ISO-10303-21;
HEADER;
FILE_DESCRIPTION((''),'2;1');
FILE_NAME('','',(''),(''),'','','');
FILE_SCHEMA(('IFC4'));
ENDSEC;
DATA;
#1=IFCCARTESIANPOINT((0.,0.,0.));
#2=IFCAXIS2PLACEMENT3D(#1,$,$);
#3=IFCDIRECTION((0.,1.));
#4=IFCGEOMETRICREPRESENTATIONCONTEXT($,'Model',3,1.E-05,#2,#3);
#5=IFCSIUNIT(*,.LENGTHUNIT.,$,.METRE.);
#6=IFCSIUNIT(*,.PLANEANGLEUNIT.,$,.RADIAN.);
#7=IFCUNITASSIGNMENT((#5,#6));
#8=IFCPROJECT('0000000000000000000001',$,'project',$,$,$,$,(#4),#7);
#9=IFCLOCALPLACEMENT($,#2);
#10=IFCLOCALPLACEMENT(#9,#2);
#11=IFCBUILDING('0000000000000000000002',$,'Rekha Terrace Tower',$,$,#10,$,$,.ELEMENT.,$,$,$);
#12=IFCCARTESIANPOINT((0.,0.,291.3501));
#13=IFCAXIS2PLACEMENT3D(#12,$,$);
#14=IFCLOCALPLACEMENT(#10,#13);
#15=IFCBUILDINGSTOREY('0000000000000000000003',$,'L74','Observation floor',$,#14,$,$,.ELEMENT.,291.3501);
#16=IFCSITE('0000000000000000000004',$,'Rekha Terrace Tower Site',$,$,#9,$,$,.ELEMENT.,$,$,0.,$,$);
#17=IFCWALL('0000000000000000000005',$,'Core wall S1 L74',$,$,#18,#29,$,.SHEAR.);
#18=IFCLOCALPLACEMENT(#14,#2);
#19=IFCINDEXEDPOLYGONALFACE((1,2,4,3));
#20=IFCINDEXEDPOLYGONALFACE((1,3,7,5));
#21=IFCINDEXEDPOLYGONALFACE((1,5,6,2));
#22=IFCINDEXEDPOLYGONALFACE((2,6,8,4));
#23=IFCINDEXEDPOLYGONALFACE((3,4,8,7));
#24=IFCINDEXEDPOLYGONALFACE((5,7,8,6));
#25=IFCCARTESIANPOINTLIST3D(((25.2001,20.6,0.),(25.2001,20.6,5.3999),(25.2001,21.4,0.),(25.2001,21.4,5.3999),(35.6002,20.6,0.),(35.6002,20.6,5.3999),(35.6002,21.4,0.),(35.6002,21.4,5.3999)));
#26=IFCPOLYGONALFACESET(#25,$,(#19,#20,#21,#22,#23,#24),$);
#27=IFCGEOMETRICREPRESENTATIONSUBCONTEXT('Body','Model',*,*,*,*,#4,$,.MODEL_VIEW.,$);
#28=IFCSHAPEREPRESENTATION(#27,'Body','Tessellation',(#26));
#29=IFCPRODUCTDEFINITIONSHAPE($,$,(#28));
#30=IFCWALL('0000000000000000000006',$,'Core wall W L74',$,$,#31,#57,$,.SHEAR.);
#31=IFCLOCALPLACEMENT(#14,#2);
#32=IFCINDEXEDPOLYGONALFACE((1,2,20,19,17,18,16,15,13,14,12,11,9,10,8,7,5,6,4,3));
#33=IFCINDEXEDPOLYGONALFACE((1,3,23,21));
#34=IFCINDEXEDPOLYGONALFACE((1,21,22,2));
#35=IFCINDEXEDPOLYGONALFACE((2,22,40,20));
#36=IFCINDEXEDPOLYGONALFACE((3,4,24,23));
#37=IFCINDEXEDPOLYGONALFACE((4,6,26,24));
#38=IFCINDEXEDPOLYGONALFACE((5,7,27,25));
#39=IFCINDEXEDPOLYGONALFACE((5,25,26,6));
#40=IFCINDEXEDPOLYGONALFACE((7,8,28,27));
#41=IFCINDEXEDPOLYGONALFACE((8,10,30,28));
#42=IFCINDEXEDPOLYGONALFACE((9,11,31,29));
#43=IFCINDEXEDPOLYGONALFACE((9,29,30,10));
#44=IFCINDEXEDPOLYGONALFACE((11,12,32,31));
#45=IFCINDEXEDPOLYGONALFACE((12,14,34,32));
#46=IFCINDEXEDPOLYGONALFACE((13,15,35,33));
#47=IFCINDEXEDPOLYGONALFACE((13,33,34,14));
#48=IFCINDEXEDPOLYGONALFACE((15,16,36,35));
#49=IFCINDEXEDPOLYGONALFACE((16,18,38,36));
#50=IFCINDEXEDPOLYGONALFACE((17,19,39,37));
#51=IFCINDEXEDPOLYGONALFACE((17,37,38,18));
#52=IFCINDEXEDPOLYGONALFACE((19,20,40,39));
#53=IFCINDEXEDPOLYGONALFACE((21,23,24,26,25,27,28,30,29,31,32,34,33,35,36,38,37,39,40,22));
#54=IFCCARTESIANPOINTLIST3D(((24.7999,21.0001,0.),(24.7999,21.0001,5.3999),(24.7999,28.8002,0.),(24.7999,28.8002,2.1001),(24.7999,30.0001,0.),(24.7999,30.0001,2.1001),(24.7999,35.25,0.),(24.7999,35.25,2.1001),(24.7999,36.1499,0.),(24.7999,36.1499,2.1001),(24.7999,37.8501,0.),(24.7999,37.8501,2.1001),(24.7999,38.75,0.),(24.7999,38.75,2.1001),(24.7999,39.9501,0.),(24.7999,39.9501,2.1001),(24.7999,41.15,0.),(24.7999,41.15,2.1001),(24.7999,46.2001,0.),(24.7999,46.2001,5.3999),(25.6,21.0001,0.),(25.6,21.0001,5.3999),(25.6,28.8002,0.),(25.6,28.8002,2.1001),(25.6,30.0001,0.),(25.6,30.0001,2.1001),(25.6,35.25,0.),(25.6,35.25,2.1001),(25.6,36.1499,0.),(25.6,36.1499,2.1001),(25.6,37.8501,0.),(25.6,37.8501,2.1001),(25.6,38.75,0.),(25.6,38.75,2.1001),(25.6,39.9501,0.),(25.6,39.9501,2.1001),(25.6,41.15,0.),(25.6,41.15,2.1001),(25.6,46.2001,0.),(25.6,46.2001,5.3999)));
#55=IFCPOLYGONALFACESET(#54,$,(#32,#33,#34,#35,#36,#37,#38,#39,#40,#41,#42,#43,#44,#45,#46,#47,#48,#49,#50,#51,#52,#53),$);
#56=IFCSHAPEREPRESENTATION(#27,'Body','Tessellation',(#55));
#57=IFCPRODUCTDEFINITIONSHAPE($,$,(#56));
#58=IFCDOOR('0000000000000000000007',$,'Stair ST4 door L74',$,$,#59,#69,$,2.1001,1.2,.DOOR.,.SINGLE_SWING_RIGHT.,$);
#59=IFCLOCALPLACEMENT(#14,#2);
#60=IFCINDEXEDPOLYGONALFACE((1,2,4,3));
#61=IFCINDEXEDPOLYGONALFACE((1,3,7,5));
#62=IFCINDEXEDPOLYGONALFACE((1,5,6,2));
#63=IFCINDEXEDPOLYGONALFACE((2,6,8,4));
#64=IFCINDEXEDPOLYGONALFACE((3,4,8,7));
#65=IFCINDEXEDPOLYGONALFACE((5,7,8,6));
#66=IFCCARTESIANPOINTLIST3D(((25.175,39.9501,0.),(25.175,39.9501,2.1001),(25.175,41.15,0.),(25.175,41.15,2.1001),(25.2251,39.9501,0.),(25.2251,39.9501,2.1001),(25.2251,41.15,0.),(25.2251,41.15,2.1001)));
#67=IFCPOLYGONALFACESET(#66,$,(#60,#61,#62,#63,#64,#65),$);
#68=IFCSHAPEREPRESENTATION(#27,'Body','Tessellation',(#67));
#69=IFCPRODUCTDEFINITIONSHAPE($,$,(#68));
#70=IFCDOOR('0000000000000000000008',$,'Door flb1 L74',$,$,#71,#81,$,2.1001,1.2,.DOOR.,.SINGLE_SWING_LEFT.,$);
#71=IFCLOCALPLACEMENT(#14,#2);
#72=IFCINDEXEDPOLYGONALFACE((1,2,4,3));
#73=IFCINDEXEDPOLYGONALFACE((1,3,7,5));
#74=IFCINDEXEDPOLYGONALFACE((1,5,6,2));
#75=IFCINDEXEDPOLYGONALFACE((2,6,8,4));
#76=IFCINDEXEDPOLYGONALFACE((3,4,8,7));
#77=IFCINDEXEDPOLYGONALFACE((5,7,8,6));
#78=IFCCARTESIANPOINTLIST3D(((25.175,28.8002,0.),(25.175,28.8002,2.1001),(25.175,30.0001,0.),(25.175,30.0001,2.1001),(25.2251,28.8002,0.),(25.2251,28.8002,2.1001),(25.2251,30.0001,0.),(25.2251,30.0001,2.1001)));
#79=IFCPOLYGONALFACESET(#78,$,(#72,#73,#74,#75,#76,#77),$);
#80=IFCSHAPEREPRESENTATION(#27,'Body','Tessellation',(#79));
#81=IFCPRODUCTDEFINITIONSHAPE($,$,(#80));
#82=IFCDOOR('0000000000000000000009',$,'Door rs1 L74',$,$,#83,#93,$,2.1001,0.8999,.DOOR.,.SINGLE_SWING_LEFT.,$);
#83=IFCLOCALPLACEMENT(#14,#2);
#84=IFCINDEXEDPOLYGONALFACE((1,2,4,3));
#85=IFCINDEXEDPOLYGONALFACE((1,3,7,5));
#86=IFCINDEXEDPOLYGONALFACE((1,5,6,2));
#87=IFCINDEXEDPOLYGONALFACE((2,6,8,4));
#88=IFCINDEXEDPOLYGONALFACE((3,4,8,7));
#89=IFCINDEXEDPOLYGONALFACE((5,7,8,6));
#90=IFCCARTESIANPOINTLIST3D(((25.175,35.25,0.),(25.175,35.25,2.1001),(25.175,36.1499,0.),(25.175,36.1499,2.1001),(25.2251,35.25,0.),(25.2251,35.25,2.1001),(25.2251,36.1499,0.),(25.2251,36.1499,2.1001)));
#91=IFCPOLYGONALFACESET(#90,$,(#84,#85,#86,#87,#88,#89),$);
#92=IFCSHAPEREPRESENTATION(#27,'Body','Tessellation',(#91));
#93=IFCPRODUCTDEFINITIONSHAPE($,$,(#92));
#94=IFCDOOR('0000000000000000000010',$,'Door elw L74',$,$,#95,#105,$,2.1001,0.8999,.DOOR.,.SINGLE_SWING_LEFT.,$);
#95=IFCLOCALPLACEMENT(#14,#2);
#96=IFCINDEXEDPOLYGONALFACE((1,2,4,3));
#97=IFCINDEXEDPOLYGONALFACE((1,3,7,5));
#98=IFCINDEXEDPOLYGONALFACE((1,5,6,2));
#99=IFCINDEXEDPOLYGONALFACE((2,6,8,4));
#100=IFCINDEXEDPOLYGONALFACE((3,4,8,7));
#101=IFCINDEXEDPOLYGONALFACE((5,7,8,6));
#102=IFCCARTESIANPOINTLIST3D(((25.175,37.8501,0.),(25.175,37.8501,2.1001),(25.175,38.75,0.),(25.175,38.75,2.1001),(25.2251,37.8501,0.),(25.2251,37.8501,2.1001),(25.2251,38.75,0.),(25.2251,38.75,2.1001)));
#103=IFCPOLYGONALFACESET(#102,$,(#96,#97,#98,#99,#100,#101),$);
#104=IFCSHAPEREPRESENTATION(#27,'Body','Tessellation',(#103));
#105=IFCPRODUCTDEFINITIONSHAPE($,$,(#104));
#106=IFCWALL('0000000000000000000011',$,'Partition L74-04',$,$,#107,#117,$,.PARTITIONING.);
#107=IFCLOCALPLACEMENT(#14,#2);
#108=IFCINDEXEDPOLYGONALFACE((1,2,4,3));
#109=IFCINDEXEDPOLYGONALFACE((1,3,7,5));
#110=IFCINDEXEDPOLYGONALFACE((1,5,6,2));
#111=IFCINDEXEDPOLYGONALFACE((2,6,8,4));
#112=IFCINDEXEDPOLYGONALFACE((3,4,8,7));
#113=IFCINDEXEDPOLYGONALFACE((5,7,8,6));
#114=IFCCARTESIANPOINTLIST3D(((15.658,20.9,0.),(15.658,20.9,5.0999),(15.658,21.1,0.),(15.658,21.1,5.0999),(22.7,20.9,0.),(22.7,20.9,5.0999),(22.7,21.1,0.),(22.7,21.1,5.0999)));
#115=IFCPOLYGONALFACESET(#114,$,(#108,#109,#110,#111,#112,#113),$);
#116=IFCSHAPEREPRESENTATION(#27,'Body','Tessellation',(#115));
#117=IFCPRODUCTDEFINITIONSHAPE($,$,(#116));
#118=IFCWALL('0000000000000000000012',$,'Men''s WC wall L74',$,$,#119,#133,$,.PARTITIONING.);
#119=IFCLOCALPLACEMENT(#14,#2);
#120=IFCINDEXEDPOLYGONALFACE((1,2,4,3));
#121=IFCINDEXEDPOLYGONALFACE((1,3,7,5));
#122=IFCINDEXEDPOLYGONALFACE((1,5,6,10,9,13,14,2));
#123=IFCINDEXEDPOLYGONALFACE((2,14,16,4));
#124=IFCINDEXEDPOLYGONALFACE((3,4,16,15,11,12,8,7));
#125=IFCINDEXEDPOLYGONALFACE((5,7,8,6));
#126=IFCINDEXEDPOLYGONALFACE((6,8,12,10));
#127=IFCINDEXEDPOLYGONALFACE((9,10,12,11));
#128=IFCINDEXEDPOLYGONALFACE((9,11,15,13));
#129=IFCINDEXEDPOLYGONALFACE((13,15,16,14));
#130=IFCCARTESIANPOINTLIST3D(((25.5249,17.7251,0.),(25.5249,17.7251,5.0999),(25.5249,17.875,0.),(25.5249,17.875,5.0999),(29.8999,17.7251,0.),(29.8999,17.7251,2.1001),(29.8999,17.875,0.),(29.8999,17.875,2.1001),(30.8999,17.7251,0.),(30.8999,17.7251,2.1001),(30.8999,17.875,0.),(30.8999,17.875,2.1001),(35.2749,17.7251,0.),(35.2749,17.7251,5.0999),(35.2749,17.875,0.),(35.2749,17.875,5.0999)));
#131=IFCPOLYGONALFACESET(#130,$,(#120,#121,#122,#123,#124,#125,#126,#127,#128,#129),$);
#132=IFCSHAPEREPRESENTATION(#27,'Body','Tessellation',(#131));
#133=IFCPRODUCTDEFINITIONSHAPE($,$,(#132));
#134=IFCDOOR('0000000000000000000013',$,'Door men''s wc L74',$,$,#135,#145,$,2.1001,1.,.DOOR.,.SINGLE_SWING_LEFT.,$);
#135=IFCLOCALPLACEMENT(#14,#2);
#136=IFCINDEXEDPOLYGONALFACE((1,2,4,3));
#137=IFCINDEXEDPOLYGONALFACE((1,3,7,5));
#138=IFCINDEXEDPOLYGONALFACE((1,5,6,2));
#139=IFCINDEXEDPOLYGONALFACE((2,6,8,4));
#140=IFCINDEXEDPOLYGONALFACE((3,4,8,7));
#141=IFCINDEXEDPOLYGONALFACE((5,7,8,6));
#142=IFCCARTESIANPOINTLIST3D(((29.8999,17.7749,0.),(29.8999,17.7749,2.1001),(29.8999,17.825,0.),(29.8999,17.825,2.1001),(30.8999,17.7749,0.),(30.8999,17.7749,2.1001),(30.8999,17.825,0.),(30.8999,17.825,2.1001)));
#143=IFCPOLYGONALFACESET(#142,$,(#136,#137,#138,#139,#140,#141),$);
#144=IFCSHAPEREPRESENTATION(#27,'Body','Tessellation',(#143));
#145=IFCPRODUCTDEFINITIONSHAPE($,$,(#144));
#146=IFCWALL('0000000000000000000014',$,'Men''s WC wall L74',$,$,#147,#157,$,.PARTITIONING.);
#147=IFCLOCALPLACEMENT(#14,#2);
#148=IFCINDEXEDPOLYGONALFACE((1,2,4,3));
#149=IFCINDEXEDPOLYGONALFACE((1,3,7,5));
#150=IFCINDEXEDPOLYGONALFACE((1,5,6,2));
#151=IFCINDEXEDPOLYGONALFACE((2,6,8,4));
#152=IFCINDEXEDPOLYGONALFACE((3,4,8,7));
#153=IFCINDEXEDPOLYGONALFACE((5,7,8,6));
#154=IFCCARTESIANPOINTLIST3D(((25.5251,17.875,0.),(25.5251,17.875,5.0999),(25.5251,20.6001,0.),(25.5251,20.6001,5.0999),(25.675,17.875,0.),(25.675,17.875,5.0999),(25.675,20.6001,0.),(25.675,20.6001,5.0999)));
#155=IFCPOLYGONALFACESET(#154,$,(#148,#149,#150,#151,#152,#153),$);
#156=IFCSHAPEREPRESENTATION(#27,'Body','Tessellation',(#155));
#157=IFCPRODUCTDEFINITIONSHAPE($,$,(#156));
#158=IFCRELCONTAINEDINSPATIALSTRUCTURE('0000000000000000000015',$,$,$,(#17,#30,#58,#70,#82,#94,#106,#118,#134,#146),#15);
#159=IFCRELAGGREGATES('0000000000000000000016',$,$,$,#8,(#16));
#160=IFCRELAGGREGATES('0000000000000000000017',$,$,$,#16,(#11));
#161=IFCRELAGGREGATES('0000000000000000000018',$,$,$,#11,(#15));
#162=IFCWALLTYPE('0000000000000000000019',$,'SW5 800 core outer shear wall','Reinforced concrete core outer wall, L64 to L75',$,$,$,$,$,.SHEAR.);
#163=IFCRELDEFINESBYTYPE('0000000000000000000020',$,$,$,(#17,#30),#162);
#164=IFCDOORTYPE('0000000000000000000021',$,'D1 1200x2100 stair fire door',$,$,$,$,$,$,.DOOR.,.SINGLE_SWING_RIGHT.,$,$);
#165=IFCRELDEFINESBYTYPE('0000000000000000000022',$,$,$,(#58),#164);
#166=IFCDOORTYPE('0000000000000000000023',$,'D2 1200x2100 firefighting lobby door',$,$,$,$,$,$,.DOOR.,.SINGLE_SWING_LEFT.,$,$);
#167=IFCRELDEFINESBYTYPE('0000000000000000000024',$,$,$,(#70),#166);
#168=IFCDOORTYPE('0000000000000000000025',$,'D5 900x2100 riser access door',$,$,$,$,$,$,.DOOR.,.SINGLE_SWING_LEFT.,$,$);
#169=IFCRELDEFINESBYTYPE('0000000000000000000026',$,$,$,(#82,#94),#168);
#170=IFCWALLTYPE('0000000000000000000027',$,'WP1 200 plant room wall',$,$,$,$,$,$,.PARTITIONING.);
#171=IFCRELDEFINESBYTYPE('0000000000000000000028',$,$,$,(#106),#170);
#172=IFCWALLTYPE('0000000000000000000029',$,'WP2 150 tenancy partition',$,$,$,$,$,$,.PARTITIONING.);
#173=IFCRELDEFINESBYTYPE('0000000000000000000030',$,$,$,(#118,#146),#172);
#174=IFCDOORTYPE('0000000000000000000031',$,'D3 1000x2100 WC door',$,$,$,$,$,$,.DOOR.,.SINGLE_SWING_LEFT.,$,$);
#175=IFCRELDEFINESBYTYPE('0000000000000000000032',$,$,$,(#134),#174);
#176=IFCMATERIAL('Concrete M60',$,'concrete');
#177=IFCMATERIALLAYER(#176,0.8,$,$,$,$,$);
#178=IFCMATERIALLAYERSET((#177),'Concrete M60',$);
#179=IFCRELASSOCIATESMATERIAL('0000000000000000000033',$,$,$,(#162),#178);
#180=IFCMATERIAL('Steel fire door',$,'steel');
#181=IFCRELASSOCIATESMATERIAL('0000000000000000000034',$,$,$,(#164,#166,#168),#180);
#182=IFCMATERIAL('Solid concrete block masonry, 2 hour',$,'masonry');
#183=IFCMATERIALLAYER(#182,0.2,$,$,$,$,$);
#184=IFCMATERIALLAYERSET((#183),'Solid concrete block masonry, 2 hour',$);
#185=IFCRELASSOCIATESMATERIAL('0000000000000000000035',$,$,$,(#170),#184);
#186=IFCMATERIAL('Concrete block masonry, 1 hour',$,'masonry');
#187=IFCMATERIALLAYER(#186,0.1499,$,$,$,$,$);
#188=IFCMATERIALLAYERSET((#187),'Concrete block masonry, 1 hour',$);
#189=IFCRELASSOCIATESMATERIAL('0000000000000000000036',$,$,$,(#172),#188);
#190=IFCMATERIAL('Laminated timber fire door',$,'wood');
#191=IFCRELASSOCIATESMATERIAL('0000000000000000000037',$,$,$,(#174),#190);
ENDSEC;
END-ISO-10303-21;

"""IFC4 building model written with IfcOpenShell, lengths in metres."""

from ifc_helpers import new_model, si_unit, direction, frame, frame_2d, origin, place, context, subcontext, project, spatial, rectangle, extrude, material, layer, layer_set, type_object, element, fill, save


model = new_model("IFC4")

# Units and contexts
model_context = context("Model", 3, precision=1e-05, world=origin(), true_north=direction((0.0, 1.0)))
body_context = subcontext(model_context, "Body", "Model", "MODEL_VIEW")
ifc_project = project(units=[si_unit("LENGTHUNIT", "METRE"), si_unit("PLANEANGLEUNIT", "RADIAN")], contexts=[model_context])

# Site, building, storey
site_placement = place(None, origin())
site = spatial("IfcSite", under=ifc_project, at=site_placement, Name="Rekha Terrace Tower Site", CompositionType="ELEMENT", RefElevation=0.0)
building_placement = place(site_placement, origin())
building = spatial("IfcBuilding", under=site, at=building_placement, Name="Rekha Terrace Tower", CompositionType="ELEMENT")
storey_placement = place(building_placement, frame((0.0, 0.0, 291.3501)))
storey = spatial("IfcBuildingStorey", under=building, at=storey_placement, Name="L74", Description="Observation floor", CompositionType="ELEMENT", Elevation=291.3501)

# Shared definitions
ifc_material_1 = material(Name="Concrete M60", Category="concrete")

# Wall
ifc_layer_1 = layer(ifc_material_1, 0.8)
ifc_layer_set_1 = layer_set([ifc_layer_1], Name="Concrete M60")
wall_type_1 = type_object("IfcWallType", Name="SW5 800 core outer shear wall", Description="Reinforced concrete core outer wall, L64 to L75", PredefinedType="SHEAR", material=ifc_layer_set_1)
wall_1_placement = place(storey_placement, frame((25.2, 21.0, 0.0), z_axis=(0.0, 0.0, 1.0), x_axis=(1.0, 0.0, 0.0)))
element("IfcWall", 1, at=wall_1_placement, inside=storey, type_object=wall_type_1, Name="Core wall S1 L74", PredefinedType="SHEAR", context=body_context, shape_type="SweptSolid", body=[
    extrude(rectangle(XDim=10.4001, YDim=0.8, at=frame_2d((5.2002, 0.0))), origin(), (0.0, 0.0, 1.0), 5.3999),
])

# Wall, openings, doors
wall_2_placement = place(storey_placement, frame((25.2, 21.0, 0.0), z_axis=(0.0, 0.0, 1.0), x_axis=(0.0, 1.0, 0.0)))
wall_2 = element("IfcWall", 2, at=wall_2_placement, inside=storey, type_object=wall_type_1, Name="Core wall W L74", PredefinedType="SHEAR", context=body_context, shape_type="SweptSolid", body=[
    extrude(rectangle(XDim=25.2, YDim=0.8, at=frame_2d((12.6001, 0.0))), origin(), (0.0, 0.0, 1.0), 5.3999),
])
opening_1_placement = place(wall_2_placement, frame((7.8, 0.0, 0.0)))
opening_1 = element("IfcOpeningElement", 3, at=opening_1_placement, cuts=wall_2, PredefinedType="OPENING", context=body_context, shape_type="SweptSolid", body=[
    extrude(rectangle(XDim=1.2, YDim=2.1001, at=frame_2d((0.6001, 1.05))), frame((0.0, 0.4099, 0.0), z_axis=(0.0, -1.0, 0.0), x_axis=(1.0, 0.0, 0.0)), (0.0, 0.0, 1.0), 0.8201),
])
opening_2_placement = place(wall_2_placement, frame((14.25, 0.0, 0.0)))
opening_2 = element("IfcOpeningElement", 4, at=opening_2_placement, cuts=wall_2, PredefinedType="OPENING", context=body_context, shape_type="SweptSolid", body=[
    extrude(rectangle(XDim=0.8999, YDim=2.1001, at=frame_2d((0.45, 1.05))), frame((0.0, 0.4099, 0.0), z_axis=(0.0, -1.0, 0.0), x_axis=(1.0, 0.0, 0.0)), (0.0, 0.0, 1.0), 0.8201),
])
opening_3_placement = place(wall_2_placement, frame((16.8501, 0.0, 0.0)))
opening_3 = element("IfcOpeningElement", 5, at=opening_3_placement, cuts=wall_2, PredefinedType="OPENING", context=body_context, shape_type="SweptSolid", body=[
    extrude(rectangle(XDim=0.8999, YDim=2.1001, at=frame_2d((0.45, 1.05))), frame((0.0, 0.4099, 0.0), z_axis=(0.0, -1.0, 0.0), x_axis=(1.0, 0.0, 0.0)), (0.0, 0.0, 1.0), 0.8201),
])
opening_4_placement = place(wall_2_placement, frame((18.95, 0.0, 0.0)))
opening_4 = element("IfcOpeningElement", 6, at=opening_4_placement, cuts=wall_2, PredefinedType="OPENING", context=body_context, shape_type="SweptSolid", body=[
    extrude(rectangle(XDim=1.2, YDim=2.1001, at=frame_2d((0.6001, 1.05))), frame((0.0, 0.4099, 0.0), z_axis=(0.0, -1.0, 0.0), x_axis=(1.0, 0.0, 0.0)), (0.0, 0.0, 1.0), 0.8201),
])
ifc_material_2 = material(Name="Steel fire door", Category="steel")
door_type_1 = type_object("IfcDoorType", Name="D1 1200x2100 stair fire door", OperationType="SINGLE_SWING_RIGHT", PredefinedType="DOOR", material=ifc_material_2)
door_1_placement = place(opening_4_placement, origin())
door_1 = element("IfcDoor", 7, at=door_1_placement, inside=storey, type_object=door_type_1, Name="Stair ST4 door L74", OperationType="SINGLE_SWING_RIGHT", OverallHeight=2.1001, OverallWidth=1.2, PredefinedType="DOOR", context=body_context, shape_type="SweptSolid", body=[
    extrude(rectangle(XDim=1.2, YDim=2.1001, at=frame_2d((0.6001, 1.05))), frame((0.0, 0.0249, 0.0), z_axis=(0.0, -1.0, 0.0), x_axis=(1.0, 0.0, 0.0)), (0.0, 0.0, 1.0), 0.05),
])
fill(opening_4, door_1)
door_type_2 = type_object("IfcDoorType", Name="D2 1200x2100 firefighting lobby door", OperationType="SINGLE_SWING_LEFT", PredefinedType="DOOR", material=ifc_material_2)
door_2_placement = place(opening_1_placement, origin())
door_2 = element("IfcDoor", 8, at=door_2_placement, inside=storey, type_object=door_type_2, Name="Door flb1 L74", OperationType="SINGLE_SWING_LEFT", OverallHeight=2.1001, OverallWidth=1.2, PredefinedType="DOOR", context=body_context, shape_type="SweptSolid", body=[
    extrude(rectangle(XDim=1.2, YDim=2.1001, at=frame_2d((0.6001, 1.05))), frame((0.0, 0.0249, 0.0), z_axis=(0.0, -1.0, 0.0), x_axis=(1.0, 0.0, 0.0)), (0.0, 0.0, 1.0), 0.05),
])
fill(opening_1, door_2)
door_type_3 = type_object("IfcDoorType", Name="D5 900x2100 riser access door", OperationType="SINGLE_SWING_LEFT", PredefinedType="DOOR", material=ifc_material_2)
door_3_placement = place(opening_2_placement, origin())
door_3 = element("IfcDoor", 9, at=door_3_placement, inside=storey, type_object=door_type_3, Name="Door rs1 L74", OperationType="SINGLE_SWING_LEFT", OverallHeight=2.1001, OverallWidth=0.8999, PredefinedType="DOOR", context=body_context, shape_type="SweptSolid", body=[
    extrude(rectangle(XDim=0.8999, YDim=2.1001, at=frame_2d((0.45, 1.05))), frame((0.0, 0.0249, 0.0), z_axis=(0.0, -1.0, 0.0), x_axis=(1.0, 0.0, 0.0)), (0.0, 0.0, 1.0), 0.05),
])
fill(opening_2, door_3)
door_4_placement = place(opening_3_placement, origin())
door_4 = element("IfcDoor", 10, at=door_4_placement, inside=storey, type_object=door_type_3, Name="Door elw L74", OperationType="SINGLE_SWING_LEFT", OverallHeight=2.1001, OverallWidth=0.8999, PredefinedType="DOOR", context=body_context, shape_type="SweptSolid", body=[
    extrude(rectangle(XDim=0.8999, YDim=2.1001, at=frame_2d((0.45, 1.05))), frame((0.0, 0.0249, 0.0), z_axis=(0.0, -1.0, 0.0), x_axis=(1.0, 0.0, 0.0)), (0.0, 0.0, 1.0), 0.05),
])
fill(opening_3, door_4)

# Wall
ifc_material_3 = material(Name="Solid concrete block masonry, 2 hour", Category="masonry")
ifc_layer_2 = layer(ifc_material_3, 0.2)
ifc_layer_set_2 = layer_set([ifc_layer_2], Name="Solid concrete block masonry, 2 hour")
wall_type_2 = type_object("IfcWallType", Name="WP1 200 plant room wall", PredefinedType="PARTITIONING", material=ifc_layer_set_2)
wall_3_placement = place(storey_placement, frame((22.7, 21.0, 0.0), z_axis=(0.0, 0.0, 1.0), x_axis=(-1.0, 0.0, 0.0)))
element("IfcWall", 11, at=wall_3_placement, inside=storey, type_object=wall_type_2, Name="Partition L74-04", PredefinedType="PARTITIONING", context=body_context, shape_type="SweptSolid", body=[
    extrude(rectangle(XDim=7.042, YDim=0.2, at=frame_2d((3.521, 0.0))), origin(), (0.0, 0.0, 1.0), 5.0999),
])

# Wall, opening, door
ifc_material_4 = material(Name="Concrete block masonry, 1 hour", Category="masonry")
ifc_layer_3 = layer(ifc_material_4, 0.1499)
ifc_layer_set_3 = layer_set([ifc_layer_3], Name="Concrete block masonry, 1 hour")
wall_type_3 = type_object("IfcWallType", Name="WP2 150 tenancy partition", PredefinedType="PARTITIONING", material=ifc_layer_set_3)
wall_4_placement = place(storey_placement, frame((25.5249, 17.8, 0.0), z_axis=(0.0, 0.0, 1.0), x_axis=(1.0, 0.0, 0.0)))
wall_4 = element("IfcWall", 12, at=wall_4_placement, inside=storey, type_object=wall_type_3, Name="Men's WC wall L74", PredefinedType="PARTITIONING", context=body_context, shape_type="SweptSolid", body=[
    extrude(rectangle(XDim=9.75, YDim=0.1499, at=frame_2d((4.875, 0.0))), origin(), (0.0, 0.0, 1.0), 5.0999),
])
opening_5_placement = place(wall_4_placement, frame((4.375, 0.0, 0.0)))
opening_5 = element("IfcOpeningElement", 13, at=opening_5_placement, cuts=wall_4, PredefinedType="OPENING", context=body_context, shape_type="SweptSolid", body=[
    extrude(rectangle(XDim=1.0, YDim=2.1001, at=frame_2d((0.5, 1.05))), frame((0.0, 0.085, 0.0), z_axis=(0.0, -1.0, 0.0), x_axis=(1.0, 0.0, 0.0)), (0.0, 0.0, 1.0), 0.1699),
])
ifc_material_5 = material(Name="Laminated timber fire door", Category="wood")
door_type_4 = type_object("IfcDoorType", Name="D3 1000x2100 WC door", OperationType="SINGLE_SWING_LEFT", PredefinedType="DOOR", material=ifc_material_5)
door_5_placement = place(opening_5_placement, origin())
door_5 = element("IfcDoor", 14, at=door_5_placement, inside=storey, type_object=door_type_4, Name="Door men's wc L74", OperationType="SINGLE_SWING_LEFT", OverallHeight=2.1001, OverallWidth=1.0, PredefinedType="DOOR", context=body_context, shape_type="SweptSolid", body=[
    extrude(rectangle(XDim=1.0, YDim=2.1001, at=frame_2d((0.5, 1.05))), frame((0.0, 0.0249, 0.0), z_axis=(0.0, -1.0, 0.0), x_axis=(1.0, 0.0, 0.0)), (0.0, 0.0, 1.0), 0.05),
])
fill(opening_5, door_5)

# Wall
wall_5_placement = place(storey_placement, frame((25.6001, 17.875, 0.0), z_axis=(0.0, 0.0, 1.0), x_axis=(0.0, 1.0, 0.0)))
element("IfcWall", 15, at=wall_5_placement, inside=storey, type_object=wall_type_3, Name="Men's WC wall L74", PredefinedType="PARTITIONING", context=body_context, shape_type="SweptSolid", body=[
    extrude(rectangle(XDim=2.7251, YDim=0.1499, at=frame_2d((1.3625, 0.0))), origin(), (0.0, 0.0, 1.0), 5.0999),
])

save(model, "model.ifc")
